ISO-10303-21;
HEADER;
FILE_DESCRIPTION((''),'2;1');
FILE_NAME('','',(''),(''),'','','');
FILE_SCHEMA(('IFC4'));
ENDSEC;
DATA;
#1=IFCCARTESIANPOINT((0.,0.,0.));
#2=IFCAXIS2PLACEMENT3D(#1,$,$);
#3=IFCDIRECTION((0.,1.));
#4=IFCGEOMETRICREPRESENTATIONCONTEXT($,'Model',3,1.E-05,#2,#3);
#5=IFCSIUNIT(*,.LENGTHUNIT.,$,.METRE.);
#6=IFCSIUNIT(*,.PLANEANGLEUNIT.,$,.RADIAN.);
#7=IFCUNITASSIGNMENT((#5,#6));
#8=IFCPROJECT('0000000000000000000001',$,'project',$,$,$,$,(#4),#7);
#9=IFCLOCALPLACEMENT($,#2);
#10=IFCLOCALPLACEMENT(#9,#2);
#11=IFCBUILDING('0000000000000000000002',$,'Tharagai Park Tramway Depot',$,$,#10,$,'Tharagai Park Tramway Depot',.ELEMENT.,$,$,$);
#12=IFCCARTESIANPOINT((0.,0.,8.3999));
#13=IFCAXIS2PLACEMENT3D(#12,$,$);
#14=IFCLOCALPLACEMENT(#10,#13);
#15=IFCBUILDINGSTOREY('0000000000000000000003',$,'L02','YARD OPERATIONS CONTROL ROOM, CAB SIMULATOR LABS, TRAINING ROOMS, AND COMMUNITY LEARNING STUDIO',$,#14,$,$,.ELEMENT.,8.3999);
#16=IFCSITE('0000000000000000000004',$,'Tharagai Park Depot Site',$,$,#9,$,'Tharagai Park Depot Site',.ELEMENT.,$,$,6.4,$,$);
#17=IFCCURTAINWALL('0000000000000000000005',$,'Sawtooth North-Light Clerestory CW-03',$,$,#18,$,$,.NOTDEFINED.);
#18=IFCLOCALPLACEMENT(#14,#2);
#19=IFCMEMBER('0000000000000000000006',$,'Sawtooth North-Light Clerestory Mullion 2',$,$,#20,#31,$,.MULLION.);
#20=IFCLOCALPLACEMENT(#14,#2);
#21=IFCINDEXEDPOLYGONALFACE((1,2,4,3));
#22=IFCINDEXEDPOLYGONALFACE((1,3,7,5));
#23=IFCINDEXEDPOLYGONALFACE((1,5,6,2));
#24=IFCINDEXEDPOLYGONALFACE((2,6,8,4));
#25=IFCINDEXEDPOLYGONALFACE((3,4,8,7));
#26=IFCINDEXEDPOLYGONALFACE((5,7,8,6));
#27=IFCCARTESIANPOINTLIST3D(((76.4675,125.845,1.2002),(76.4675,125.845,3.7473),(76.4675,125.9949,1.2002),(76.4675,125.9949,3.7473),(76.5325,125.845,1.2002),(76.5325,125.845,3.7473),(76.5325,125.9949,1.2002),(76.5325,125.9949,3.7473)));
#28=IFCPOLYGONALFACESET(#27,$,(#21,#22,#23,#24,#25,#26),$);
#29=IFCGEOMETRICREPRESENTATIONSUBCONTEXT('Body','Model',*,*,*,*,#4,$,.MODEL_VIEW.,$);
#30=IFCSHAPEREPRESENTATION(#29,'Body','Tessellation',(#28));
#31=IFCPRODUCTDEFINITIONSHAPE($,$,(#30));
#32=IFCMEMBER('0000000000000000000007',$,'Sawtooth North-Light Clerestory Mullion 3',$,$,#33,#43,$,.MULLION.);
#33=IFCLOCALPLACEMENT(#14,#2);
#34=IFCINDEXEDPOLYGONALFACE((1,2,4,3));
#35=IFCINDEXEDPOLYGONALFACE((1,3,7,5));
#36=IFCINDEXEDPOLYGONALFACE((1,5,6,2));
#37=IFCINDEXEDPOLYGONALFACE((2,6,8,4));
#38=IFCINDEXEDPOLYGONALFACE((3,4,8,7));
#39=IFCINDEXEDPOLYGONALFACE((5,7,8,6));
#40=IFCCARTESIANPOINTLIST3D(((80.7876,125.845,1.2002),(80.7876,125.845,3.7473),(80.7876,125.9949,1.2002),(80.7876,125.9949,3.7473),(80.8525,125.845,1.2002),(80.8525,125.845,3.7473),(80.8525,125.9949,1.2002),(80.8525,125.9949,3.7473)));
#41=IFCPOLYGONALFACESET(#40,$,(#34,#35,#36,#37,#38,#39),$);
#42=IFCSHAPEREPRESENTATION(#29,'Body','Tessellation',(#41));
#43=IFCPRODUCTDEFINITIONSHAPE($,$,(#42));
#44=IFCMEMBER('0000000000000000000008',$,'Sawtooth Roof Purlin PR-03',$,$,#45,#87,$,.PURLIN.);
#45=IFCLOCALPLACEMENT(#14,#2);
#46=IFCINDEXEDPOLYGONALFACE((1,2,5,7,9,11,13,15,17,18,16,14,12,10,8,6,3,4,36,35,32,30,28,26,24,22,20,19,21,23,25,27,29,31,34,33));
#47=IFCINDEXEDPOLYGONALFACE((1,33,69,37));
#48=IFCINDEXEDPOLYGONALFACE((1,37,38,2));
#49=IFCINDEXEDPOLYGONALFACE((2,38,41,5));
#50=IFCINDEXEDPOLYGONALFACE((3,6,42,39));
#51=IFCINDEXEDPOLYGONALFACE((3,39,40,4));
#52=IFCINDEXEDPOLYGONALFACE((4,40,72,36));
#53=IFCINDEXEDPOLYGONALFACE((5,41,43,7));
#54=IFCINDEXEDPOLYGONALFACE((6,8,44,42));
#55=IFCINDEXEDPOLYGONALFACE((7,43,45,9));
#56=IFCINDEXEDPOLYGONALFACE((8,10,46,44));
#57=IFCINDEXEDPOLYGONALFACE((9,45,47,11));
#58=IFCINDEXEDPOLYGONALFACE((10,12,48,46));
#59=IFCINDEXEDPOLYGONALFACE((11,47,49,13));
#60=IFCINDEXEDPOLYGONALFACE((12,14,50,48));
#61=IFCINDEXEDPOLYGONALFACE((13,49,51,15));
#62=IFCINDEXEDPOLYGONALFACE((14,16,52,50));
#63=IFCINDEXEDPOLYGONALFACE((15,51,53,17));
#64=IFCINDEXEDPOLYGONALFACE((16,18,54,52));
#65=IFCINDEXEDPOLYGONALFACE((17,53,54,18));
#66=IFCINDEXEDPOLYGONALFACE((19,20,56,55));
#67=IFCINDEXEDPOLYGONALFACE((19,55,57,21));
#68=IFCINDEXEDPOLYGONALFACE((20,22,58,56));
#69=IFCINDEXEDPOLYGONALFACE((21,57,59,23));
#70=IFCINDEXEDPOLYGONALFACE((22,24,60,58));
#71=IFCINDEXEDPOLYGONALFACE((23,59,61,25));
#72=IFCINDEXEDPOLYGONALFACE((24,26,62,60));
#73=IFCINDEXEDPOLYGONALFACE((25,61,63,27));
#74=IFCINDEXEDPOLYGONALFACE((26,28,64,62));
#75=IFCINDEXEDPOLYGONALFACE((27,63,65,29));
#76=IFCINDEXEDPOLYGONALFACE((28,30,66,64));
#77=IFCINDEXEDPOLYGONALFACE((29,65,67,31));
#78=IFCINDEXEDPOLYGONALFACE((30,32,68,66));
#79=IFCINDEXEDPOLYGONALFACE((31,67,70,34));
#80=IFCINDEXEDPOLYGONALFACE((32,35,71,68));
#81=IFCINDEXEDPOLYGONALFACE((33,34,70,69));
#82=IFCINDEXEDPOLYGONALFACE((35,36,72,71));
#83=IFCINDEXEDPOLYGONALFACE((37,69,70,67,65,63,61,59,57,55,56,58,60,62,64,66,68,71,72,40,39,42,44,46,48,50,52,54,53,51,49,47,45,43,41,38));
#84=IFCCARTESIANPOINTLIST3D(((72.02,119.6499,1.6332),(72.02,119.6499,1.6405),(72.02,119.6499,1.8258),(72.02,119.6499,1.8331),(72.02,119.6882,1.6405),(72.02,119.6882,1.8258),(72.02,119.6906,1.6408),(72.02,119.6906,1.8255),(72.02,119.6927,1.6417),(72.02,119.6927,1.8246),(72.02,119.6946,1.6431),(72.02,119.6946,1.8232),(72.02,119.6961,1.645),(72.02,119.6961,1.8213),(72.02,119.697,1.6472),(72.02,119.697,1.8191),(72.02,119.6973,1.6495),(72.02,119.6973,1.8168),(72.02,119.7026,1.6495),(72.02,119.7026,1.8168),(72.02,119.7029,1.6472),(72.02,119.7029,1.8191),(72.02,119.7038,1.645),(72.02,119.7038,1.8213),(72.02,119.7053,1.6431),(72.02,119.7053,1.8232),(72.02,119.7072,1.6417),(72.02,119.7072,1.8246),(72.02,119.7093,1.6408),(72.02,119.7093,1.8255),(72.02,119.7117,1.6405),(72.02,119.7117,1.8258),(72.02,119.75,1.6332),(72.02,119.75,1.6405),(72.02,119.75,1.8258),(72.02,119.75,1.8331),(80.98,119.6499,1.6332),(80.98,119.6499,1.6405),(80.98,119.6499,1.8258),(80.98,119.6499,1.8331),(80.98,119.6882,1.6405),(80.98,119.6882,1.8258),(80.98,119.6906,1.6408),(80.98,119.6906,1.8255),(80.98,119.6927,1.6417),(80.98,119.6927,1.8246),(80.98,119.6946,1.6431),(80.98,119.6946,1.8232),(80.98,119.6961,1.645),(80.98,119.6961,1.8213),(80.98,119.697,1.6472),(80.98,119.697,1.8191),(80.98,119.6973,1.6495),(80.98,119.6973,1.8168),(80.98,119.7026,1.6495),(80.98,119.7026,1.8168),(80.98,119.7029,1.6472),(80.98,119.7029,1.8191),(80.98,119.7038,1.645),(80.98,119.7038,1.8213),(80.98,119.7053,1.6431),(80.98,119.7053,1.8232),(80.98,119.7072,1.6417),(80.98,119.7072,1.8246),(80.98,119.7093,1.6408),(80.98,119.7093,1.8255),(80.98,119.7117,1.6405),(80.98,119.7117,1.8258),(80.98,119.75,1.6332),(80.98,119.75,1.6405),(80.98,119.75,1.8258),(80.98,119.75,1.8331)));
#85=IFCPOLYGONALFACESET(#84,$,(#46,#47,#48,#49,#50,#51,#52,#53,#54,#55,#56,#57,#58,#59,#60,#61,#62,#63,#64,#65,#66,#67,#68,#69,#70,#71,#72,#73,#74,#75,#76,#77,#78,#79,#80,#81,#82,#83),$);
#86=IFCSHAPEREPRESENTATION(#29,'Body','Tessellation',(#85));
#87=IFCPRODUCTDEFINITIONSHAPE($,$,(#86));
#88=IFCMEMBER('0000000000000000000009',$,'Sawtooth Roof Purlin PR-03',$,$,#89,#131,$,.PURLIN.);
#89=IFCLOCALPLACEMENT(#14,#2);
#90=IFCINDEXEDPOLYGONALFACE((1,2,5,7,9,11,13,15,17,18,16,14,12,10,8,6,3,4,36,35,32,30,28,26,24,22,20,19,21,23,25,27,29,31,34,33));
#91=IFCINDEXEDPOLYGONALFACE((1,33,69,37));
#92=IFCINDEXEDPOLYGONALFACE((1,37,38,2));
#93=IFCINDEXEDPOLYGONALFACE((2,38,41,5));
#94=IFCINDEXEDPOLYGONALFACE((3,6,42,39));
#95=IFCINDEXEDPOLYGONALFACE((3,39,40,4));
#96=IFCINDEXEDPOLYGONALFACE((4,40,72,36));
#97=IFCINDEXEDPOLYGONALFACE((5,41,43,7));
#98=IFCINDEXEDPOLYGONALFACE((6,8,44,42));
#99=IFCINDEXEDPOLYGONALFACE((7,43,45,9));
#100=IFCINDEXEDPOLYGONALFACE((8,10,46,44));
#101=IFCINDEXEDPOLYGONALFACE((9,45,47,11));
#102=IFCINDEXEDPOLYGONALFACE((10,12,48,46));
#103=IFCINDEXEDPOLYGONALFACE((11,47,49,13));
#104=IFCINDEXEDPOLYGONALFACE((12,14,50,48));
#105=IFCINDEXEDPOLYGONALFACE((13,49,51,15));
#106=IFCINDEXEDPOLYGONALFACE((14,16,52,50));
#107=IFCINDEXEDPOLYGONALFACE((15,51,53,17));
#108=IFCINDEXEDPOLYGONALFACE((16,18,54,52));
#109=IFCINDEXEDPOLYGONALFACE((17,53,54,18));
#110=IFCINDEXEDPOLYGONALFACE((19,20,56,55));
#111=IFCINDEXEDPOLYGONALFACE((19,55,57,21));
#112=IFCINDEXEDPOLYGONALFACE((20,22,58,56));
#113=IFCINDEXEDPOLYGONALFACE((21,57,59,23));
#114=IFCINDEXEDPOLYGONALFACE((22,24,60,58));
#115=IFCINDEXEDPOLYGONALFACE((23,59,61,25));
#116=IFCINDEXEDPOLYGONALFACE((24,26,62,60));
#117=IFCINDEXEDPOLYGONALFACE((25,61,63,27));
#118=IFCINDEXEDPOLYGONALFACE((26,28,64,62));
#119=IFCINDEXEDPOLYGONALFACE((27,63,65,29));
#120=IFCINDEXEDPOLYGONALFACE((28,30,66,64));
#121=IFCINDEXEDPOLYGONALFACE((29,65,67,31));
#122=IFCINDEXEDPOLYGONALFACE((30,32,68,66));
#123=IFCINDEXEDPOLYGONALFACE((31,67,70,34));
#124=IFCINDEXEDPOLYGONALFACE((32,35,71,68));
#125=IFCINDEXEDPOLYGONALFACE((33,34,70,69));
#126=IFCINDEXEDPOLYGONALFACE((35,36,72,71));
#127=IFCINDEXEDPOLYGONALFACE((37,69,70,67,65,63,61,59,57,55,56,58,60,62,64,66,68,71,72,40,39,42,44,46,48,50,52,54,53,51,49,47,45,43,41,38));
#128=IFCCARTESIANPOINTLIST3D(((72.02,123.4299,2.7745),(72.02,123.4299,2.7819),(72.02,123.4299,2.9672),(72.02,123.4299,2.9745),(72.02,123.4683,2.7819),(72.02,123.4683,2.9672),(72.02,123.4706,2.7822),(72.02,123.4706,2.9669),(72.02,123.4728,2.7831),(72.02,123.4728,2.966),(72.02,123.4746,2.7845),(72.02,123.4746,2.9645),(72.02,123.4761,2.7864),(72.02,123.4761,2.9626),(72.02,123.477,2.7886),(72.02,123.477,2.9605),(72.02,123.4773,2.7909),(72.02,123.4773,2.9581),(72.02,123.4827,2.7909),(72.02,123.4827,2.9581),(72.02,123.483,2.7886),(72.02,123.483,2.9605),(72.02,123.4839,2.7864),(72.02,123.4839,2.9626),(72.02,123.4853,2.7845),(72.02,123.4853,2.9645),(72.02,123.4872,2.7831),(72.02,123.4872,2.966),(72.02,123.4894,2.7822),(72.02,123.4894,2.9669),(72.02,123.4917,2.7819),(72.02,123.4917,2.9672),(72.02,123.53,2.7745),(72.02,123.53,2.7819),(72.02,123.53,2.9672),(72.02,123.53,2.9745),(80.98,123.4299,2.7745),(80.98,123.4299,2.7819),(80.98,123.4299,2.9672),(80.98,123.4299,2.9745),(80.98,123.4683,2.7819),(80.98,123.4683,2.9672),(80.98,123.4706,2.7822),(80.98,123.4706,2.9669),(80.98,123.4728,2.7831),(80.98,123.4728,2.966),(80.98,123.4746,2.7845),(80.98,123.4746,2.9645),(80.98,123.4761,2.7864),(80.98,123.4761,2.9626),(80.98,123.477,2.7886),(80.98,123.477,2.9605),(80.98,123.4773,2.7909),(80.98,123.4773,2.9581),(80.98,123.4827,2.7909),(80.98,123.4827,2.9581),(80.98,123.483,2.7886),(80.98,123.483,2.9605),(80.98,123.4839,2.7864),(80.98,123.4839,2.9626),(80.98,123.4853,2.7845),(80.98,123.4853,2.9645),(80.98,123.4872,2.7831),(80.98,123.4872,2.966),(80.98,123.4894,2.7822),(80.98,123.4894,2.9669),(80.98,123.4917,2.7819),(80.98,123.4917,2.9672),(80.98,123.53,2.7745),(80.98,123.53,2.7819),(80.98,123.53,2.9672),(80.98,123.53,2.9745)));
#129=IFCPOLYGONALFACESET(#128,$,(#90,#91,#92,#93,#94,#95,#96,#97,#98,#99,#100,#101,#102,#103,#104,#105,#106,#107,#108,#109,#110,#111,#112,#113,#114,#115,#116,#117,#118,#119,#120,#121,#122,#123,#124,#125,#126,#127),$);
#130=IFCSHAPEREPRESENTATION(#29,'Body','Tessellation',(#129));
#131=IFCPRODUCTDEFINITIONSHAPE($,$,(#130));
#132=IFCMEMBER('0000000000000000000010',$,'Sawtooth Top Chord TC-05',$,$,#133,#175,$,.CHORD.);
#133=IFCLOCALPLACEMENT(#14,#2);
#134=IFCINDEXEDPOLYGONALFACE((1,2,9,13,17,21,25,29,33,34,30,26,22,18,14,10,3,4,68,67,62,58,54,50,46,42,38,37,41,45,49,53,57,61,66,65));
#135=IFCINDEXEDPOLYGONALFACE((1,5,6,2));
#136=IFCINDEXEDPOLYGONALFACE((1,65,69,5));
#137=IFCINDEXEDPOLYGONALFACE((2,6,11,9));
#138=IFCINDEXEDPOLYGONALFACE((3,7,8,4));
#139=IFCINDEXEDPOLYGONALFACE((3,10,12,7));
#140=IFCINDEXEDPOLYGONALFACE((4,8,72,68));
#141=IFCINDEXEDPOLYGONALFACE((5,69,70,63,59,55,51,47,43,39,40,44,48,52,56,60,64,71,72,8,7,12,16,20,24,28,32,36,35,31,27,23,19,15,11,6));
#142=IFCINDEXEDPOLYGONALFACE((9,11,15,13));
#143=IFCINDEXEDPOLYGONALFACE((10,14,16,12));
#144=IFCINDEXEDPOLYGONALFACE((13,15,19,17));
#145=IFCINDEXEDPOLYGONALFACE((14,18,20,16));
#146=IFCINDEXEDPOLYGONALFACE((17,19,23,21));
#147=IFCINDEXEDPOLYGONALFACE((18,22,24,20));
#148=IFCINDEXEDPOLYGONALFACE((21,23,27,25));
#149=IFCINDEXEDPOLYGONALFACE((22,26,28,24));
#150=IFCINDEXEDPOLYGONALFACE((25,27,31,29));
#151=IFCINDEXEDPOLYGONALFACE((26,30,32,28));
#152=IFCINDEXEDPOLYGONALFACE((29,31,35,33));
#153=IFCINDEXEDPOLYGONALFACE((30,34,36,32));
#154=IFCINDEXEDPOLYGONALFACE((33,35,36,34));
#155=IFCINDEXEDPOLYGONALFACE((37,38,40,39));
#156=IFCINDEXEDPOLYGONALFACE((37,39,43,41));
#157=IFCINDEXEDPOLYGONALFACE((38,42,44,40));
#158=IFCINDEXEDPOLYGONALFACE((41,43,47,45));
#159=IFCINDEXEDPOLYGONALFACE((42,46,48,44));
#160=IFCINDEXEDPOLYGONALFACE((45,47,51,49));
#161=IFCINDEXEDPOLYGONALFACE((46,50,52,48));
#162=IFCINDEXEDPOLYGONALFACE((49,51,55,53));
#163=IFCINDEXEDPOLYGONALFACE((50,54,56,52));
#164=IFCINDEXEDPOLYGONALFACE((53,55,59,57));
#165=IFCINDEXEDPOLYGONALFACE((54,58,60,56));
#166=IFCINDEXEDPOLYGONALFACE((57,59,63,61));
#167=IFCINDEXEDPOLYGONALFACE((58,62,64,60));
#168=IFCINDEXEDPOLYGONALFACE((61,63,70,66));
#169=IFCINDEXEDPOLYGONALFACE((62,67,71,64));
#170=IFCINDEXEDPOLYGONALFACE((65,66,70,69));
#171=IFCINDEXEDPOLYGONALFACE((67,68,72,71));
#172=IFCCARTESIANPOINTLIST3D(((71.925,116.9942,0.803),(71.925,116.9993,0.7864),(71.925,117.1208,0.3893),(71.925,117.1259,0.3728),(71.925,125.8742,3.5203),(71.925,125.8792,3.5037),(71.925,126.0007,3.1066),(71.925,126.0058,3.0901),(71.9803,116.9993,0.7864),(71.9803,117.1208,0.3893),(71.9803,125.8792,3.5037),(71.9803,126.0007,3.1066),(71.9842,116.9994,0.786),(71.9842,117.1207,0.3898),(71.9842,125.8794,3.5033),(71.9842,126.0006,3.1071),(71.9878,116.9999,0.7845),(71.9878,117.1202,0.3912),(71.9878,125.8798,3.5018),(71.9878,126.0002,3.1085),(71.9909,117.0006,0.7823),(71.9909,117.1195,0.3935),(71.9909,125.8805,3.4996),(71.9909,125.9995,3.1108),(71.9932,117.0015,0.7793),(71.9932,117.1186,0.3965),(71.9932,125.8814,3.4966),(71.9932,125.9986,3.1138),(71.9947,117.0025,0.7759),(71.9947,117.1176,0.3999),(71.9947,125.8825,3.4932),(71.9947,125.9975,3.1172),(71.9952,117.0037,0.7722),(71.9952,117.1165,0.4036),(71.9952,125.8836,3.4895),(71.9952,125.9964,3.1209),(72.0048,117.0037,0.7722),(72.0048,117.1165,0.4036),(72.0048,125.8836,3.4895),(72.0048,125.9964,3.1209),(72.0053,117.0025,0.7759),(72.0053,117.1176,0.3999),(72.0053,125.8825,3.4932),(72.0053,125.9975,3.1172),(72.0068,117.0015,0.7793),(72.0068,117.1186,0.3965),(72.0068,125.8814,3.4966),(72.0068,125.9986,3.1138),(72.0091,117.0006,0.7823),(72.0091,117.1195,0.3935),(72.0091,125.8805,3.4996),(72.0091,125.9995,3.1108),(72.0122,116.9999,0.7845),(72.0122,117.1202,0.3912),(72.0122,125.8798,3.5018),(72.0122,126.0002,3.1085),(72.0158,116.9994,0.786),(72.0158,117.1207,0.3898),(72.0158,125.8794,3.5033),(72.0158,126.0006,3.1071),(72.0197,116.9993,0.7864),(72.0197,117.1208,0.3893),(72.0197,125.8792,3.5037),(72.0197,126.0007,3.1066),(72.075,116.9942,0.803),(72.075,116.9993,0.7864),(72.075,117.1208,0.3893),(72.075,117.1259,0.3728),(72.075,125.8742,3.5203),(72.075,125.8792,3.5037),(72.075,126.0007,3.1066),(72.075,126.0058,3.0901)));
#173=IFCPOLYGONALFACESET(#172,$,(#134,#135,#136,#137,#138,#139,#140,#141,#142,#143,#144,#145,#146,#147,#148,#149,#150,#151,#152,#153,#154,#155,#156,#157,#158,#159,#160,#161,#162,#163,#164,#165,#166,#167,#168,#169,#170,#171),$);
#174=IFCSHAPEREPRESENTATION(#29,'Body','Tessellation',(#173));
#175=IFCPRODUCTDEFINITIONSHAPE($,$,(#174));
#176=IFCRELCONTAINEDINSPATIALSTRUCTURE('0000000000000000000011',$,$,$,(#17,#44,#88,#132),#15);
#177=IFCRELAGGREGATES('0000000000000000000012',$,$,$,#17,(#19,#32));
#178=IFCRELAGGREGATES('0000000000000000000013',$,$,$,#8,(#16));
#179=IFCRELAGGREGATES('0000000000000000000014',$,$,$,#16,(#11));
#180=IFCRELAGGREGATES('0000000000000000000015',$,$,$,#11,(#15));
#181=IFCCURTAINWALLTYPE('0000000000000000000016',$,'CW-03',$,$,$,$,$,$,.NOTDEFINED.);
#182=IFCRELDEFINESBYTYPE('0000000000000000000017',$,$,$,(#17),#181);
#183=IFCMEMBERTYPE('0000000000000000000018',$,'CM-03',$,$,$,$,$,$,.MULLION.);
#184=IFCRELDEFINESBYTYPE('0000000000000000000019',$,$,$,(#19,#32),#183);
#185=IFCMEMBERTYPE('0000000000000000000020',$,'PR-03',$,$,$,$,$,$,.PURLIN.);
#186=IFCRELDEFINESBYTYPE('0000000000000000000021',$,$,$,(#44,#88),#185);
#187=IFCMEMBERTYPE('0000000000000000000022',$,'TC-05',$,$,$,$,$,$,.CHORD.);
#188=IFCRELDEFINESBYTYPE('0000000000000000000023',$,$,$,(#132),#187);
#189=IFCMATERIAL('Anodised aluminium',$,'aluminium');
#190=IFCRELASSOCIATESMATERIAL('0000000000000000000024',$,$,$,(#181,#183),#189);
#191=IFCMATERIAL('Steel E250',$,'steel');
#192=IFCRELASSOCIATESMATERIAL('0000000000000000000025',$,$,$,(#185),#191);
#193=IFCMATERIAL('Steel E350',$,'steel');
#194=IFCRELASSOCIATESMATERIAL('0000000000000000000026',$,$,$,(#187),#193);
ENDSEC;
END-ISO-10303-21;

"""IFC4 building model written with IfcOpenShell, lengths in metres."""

from ifc_helpers import new_model, si_unit, direction, frame, origin, origin_2d, place, context, subcontext, project, spatial, rectangle, i_section, extrude, material, material_profile, profile_set, type_object, element, aggregate, save


model = new_model("IFC4")

# Units and contexts
model_context = context("Model", 3, precision=1e-05, world=origin(), true_north=direction((0.0, 1.0)))
body_context = subcontext(model_context, "Body", "Model", "MODEL_VIEW")
ifc_project = project(units=[si_unit("LENGTHUNIT", "METRE"), si_unit("PLANEANGLEUNIT", "RADIAN")], contexts=[model_context])

# Site, building, storey
site_placement = place(None, origin())
site = spatial("IfcSite", under=ifc_project, at=site_placement, Name="Tharagai Park Depot Site", LongName="Tharagai Park Depot Site", CompositionType="ELEMENT", RefElevation=6.4)
building_placement = place(site_placement, origin())
building = spatial("IfcBuilding", under=site, at=building_placement, Name="Tharagai Park Tramway Depot", LongName="Tharagai Park Tramway Depot", CompositionType="ELEMENT")
storey_placement = place(building_placement, frame((0.0, 0.0, 8.3999)))
storey = spatial("IfcBuildingStorey", under=building, at=storey_placement, Name="L02", Description="YARD OPERATIONS CONTROL ROOM, CAB SIMULATOR LABS, TRAINING ROOMS, AND COMMUNITY LEARNING STUDIO", CompositionType="ELEMENT", Elevation=8.3999)

# Shared definitions
ifc_material_1 = material(Name="Steel E350", Category="steel")

# Curtain wall, members
ifc_material_2 = material(Name="Anodised aluminium", Category="aluminium")
curtain_wall_type = type_object("IfcCurtainWallType", Name="CW-03", PredefinedType="NOTDEFINED", material=ifc_material_2)
curtain_wall_placement = place(storey_placement, origin())
curtain_wall = element("IfcCurtainWall", 1, at=curtain_wall_placement, inside=storey, type_object=curtain_wall_type, Name="Sawtooth North-Light Clerestory CW-03", PredefinedType="NOTDEFINED")
ifc_material_profile_1 = material_profile(ifc_material_2, rectangle(XDim=0.0649, YDim=0.1499, at=origin_2d()), Name="ALU 65x150")
ifc_profile_set_1 = profile_set([ifc_material_profile_1], Name="Anodised aluminium")
member_type_1 = type_object("IfcMemberType", Name="CM-03", PredefinedType="MULLION", material=ifc_profile_set_1)
member_1_placement = place(storey_placement, frame((76.5, 125.9199, 1.2002), z_axis=(0.0, 0.0, 1.0), x_axis=(1.0, 0.0, 0.0)))
member_1 = element("IfcMember", 2, at=member_1_placement, type_object=member_type_1, Name="Sawtooth North-Light Clerestory Mullion 2", PredefinedType="MULLION", context=body_context, shape_type="SweptSolid", body=[
    extrude(rectangle(XDim=0.0649, YDim=0.1499, at=origin_2d()), origin(), (0.0, 0.0, 1.0), 2.5471),
])
member_2_placement = place(storey_placement, frame((80.8201, 125.9199, 1.2002), z_axis=(0.0, 0.0, 1.0), x_axis=(1.0, 0.0, 0.0)))
member_2 = element("IfcMember", 3, at=member_2_placement, type_object=member_type_1, Name="Sawtooth North-Light Clerestory Mullion 3", PredefinedType="MULLION", context=body_context, shape_type="SweptSolid", body=[
    extrude(rectangle(XDim=0.0649, YDim=0.1499, at=origin_2d()), origin(), (0.0, 0.0, 1.0), 2.5471),
])

# Members
ifc_material_3 = material(Name="Steel E250", Category="steel")
ifc_material_profile_2 = material_profile(ifc_material_3, i_section(OverallWidth=0.1001, OverallDepth=0.2, WebThickness=0.0054, FlangeThickness=0.0073, FilletRadius=0.009, at=origin_2d()), Name="ISLB 200")
ifc_profile_set_2 = profile_set([ifc_material_profile_2], Name="Steel E250")
member_type_2 = type_object("IfcMemberType", Name="PR-03", PredefinedType="PURLIN", material=ifc_profile_set_2)
for number, where, z_axis, x_axis, name in (
    (4, (72.02, 119.7, 1.7332), (1.0, 0.0, 0.0), (0.0, 1.0, 0.0), "Sawtooth Roof Purlin PR-03"),
    (5, (72.02, 123.48, 2.8745), (1.0, 0.0, 0.0), (0.0, 1.0, 0.0), "Sawtooth Roof Purlin PR-03"),
):
    element("IfcMember", number, at=place(storey_placement, frame(where, z_axis=z_axis, x_axis=x_axis)), inside=storey, type_object=member_type_2, Name=name, PredefinedType="PURLIN", context=body_context, shape_type="SweptSolid", body=[
        extrude(i_section(OverallWidth=0.1001, OverallDepth=0.2, WebThickness=0.0054, FlangeThickness=0.0073, FilletRadius=0.009, at=origin_2d()), origin(), (0.0, 0.0, 1.0), 8.96),
    ])
ifc_material_profile_3 = material_profile(ifc_material_1, i_section(OverallWidth=0.1499, OverallDepth=0.45, WebThickness=0.0095, FlangeThickness=0.0173, FilletRadius=0.0149, at=origin_2d()), Name="ISMB 450")
ifc_profile_set_3 = profile_set([ifc_material_profile_3], Name="Steel E350")
member_type_3 = type_object("IfcMemberType", Name="TC-05", PredefinedType="CHORD", material=ifc_profile_set_3)
for number, where, z_axis, x_axis, name in (
    (6, (72.0, 117.0601, 0.5879), (0.0, 0.956231, 0.292611), (-1.0, 0.0, 0.0), "Sawtooth Top Chord TC-05"),
):
    element("IfcMember", number, at=place(storey_placement, frame(where, z_axis=z_axis, x_axis=x_axis)), inside=storey, type_object=member_type_3, Name=name, PredefinedType="CHORD", context=body_context, shape_type="SweptSolid", body=[
        extrude(i_section(OverallWidth=0.1499, OverallDepth=0.45, WebThickness=0.0095, FlangeThickness=0.0173, FilletRadius=0.0149, at=origin_2d()), origin(), (0.0, 0.0, 1.0), 9.2864),
    ])

aggregate(curtain_wall, [member_1, member_2])

save(model, "model.ifc")
